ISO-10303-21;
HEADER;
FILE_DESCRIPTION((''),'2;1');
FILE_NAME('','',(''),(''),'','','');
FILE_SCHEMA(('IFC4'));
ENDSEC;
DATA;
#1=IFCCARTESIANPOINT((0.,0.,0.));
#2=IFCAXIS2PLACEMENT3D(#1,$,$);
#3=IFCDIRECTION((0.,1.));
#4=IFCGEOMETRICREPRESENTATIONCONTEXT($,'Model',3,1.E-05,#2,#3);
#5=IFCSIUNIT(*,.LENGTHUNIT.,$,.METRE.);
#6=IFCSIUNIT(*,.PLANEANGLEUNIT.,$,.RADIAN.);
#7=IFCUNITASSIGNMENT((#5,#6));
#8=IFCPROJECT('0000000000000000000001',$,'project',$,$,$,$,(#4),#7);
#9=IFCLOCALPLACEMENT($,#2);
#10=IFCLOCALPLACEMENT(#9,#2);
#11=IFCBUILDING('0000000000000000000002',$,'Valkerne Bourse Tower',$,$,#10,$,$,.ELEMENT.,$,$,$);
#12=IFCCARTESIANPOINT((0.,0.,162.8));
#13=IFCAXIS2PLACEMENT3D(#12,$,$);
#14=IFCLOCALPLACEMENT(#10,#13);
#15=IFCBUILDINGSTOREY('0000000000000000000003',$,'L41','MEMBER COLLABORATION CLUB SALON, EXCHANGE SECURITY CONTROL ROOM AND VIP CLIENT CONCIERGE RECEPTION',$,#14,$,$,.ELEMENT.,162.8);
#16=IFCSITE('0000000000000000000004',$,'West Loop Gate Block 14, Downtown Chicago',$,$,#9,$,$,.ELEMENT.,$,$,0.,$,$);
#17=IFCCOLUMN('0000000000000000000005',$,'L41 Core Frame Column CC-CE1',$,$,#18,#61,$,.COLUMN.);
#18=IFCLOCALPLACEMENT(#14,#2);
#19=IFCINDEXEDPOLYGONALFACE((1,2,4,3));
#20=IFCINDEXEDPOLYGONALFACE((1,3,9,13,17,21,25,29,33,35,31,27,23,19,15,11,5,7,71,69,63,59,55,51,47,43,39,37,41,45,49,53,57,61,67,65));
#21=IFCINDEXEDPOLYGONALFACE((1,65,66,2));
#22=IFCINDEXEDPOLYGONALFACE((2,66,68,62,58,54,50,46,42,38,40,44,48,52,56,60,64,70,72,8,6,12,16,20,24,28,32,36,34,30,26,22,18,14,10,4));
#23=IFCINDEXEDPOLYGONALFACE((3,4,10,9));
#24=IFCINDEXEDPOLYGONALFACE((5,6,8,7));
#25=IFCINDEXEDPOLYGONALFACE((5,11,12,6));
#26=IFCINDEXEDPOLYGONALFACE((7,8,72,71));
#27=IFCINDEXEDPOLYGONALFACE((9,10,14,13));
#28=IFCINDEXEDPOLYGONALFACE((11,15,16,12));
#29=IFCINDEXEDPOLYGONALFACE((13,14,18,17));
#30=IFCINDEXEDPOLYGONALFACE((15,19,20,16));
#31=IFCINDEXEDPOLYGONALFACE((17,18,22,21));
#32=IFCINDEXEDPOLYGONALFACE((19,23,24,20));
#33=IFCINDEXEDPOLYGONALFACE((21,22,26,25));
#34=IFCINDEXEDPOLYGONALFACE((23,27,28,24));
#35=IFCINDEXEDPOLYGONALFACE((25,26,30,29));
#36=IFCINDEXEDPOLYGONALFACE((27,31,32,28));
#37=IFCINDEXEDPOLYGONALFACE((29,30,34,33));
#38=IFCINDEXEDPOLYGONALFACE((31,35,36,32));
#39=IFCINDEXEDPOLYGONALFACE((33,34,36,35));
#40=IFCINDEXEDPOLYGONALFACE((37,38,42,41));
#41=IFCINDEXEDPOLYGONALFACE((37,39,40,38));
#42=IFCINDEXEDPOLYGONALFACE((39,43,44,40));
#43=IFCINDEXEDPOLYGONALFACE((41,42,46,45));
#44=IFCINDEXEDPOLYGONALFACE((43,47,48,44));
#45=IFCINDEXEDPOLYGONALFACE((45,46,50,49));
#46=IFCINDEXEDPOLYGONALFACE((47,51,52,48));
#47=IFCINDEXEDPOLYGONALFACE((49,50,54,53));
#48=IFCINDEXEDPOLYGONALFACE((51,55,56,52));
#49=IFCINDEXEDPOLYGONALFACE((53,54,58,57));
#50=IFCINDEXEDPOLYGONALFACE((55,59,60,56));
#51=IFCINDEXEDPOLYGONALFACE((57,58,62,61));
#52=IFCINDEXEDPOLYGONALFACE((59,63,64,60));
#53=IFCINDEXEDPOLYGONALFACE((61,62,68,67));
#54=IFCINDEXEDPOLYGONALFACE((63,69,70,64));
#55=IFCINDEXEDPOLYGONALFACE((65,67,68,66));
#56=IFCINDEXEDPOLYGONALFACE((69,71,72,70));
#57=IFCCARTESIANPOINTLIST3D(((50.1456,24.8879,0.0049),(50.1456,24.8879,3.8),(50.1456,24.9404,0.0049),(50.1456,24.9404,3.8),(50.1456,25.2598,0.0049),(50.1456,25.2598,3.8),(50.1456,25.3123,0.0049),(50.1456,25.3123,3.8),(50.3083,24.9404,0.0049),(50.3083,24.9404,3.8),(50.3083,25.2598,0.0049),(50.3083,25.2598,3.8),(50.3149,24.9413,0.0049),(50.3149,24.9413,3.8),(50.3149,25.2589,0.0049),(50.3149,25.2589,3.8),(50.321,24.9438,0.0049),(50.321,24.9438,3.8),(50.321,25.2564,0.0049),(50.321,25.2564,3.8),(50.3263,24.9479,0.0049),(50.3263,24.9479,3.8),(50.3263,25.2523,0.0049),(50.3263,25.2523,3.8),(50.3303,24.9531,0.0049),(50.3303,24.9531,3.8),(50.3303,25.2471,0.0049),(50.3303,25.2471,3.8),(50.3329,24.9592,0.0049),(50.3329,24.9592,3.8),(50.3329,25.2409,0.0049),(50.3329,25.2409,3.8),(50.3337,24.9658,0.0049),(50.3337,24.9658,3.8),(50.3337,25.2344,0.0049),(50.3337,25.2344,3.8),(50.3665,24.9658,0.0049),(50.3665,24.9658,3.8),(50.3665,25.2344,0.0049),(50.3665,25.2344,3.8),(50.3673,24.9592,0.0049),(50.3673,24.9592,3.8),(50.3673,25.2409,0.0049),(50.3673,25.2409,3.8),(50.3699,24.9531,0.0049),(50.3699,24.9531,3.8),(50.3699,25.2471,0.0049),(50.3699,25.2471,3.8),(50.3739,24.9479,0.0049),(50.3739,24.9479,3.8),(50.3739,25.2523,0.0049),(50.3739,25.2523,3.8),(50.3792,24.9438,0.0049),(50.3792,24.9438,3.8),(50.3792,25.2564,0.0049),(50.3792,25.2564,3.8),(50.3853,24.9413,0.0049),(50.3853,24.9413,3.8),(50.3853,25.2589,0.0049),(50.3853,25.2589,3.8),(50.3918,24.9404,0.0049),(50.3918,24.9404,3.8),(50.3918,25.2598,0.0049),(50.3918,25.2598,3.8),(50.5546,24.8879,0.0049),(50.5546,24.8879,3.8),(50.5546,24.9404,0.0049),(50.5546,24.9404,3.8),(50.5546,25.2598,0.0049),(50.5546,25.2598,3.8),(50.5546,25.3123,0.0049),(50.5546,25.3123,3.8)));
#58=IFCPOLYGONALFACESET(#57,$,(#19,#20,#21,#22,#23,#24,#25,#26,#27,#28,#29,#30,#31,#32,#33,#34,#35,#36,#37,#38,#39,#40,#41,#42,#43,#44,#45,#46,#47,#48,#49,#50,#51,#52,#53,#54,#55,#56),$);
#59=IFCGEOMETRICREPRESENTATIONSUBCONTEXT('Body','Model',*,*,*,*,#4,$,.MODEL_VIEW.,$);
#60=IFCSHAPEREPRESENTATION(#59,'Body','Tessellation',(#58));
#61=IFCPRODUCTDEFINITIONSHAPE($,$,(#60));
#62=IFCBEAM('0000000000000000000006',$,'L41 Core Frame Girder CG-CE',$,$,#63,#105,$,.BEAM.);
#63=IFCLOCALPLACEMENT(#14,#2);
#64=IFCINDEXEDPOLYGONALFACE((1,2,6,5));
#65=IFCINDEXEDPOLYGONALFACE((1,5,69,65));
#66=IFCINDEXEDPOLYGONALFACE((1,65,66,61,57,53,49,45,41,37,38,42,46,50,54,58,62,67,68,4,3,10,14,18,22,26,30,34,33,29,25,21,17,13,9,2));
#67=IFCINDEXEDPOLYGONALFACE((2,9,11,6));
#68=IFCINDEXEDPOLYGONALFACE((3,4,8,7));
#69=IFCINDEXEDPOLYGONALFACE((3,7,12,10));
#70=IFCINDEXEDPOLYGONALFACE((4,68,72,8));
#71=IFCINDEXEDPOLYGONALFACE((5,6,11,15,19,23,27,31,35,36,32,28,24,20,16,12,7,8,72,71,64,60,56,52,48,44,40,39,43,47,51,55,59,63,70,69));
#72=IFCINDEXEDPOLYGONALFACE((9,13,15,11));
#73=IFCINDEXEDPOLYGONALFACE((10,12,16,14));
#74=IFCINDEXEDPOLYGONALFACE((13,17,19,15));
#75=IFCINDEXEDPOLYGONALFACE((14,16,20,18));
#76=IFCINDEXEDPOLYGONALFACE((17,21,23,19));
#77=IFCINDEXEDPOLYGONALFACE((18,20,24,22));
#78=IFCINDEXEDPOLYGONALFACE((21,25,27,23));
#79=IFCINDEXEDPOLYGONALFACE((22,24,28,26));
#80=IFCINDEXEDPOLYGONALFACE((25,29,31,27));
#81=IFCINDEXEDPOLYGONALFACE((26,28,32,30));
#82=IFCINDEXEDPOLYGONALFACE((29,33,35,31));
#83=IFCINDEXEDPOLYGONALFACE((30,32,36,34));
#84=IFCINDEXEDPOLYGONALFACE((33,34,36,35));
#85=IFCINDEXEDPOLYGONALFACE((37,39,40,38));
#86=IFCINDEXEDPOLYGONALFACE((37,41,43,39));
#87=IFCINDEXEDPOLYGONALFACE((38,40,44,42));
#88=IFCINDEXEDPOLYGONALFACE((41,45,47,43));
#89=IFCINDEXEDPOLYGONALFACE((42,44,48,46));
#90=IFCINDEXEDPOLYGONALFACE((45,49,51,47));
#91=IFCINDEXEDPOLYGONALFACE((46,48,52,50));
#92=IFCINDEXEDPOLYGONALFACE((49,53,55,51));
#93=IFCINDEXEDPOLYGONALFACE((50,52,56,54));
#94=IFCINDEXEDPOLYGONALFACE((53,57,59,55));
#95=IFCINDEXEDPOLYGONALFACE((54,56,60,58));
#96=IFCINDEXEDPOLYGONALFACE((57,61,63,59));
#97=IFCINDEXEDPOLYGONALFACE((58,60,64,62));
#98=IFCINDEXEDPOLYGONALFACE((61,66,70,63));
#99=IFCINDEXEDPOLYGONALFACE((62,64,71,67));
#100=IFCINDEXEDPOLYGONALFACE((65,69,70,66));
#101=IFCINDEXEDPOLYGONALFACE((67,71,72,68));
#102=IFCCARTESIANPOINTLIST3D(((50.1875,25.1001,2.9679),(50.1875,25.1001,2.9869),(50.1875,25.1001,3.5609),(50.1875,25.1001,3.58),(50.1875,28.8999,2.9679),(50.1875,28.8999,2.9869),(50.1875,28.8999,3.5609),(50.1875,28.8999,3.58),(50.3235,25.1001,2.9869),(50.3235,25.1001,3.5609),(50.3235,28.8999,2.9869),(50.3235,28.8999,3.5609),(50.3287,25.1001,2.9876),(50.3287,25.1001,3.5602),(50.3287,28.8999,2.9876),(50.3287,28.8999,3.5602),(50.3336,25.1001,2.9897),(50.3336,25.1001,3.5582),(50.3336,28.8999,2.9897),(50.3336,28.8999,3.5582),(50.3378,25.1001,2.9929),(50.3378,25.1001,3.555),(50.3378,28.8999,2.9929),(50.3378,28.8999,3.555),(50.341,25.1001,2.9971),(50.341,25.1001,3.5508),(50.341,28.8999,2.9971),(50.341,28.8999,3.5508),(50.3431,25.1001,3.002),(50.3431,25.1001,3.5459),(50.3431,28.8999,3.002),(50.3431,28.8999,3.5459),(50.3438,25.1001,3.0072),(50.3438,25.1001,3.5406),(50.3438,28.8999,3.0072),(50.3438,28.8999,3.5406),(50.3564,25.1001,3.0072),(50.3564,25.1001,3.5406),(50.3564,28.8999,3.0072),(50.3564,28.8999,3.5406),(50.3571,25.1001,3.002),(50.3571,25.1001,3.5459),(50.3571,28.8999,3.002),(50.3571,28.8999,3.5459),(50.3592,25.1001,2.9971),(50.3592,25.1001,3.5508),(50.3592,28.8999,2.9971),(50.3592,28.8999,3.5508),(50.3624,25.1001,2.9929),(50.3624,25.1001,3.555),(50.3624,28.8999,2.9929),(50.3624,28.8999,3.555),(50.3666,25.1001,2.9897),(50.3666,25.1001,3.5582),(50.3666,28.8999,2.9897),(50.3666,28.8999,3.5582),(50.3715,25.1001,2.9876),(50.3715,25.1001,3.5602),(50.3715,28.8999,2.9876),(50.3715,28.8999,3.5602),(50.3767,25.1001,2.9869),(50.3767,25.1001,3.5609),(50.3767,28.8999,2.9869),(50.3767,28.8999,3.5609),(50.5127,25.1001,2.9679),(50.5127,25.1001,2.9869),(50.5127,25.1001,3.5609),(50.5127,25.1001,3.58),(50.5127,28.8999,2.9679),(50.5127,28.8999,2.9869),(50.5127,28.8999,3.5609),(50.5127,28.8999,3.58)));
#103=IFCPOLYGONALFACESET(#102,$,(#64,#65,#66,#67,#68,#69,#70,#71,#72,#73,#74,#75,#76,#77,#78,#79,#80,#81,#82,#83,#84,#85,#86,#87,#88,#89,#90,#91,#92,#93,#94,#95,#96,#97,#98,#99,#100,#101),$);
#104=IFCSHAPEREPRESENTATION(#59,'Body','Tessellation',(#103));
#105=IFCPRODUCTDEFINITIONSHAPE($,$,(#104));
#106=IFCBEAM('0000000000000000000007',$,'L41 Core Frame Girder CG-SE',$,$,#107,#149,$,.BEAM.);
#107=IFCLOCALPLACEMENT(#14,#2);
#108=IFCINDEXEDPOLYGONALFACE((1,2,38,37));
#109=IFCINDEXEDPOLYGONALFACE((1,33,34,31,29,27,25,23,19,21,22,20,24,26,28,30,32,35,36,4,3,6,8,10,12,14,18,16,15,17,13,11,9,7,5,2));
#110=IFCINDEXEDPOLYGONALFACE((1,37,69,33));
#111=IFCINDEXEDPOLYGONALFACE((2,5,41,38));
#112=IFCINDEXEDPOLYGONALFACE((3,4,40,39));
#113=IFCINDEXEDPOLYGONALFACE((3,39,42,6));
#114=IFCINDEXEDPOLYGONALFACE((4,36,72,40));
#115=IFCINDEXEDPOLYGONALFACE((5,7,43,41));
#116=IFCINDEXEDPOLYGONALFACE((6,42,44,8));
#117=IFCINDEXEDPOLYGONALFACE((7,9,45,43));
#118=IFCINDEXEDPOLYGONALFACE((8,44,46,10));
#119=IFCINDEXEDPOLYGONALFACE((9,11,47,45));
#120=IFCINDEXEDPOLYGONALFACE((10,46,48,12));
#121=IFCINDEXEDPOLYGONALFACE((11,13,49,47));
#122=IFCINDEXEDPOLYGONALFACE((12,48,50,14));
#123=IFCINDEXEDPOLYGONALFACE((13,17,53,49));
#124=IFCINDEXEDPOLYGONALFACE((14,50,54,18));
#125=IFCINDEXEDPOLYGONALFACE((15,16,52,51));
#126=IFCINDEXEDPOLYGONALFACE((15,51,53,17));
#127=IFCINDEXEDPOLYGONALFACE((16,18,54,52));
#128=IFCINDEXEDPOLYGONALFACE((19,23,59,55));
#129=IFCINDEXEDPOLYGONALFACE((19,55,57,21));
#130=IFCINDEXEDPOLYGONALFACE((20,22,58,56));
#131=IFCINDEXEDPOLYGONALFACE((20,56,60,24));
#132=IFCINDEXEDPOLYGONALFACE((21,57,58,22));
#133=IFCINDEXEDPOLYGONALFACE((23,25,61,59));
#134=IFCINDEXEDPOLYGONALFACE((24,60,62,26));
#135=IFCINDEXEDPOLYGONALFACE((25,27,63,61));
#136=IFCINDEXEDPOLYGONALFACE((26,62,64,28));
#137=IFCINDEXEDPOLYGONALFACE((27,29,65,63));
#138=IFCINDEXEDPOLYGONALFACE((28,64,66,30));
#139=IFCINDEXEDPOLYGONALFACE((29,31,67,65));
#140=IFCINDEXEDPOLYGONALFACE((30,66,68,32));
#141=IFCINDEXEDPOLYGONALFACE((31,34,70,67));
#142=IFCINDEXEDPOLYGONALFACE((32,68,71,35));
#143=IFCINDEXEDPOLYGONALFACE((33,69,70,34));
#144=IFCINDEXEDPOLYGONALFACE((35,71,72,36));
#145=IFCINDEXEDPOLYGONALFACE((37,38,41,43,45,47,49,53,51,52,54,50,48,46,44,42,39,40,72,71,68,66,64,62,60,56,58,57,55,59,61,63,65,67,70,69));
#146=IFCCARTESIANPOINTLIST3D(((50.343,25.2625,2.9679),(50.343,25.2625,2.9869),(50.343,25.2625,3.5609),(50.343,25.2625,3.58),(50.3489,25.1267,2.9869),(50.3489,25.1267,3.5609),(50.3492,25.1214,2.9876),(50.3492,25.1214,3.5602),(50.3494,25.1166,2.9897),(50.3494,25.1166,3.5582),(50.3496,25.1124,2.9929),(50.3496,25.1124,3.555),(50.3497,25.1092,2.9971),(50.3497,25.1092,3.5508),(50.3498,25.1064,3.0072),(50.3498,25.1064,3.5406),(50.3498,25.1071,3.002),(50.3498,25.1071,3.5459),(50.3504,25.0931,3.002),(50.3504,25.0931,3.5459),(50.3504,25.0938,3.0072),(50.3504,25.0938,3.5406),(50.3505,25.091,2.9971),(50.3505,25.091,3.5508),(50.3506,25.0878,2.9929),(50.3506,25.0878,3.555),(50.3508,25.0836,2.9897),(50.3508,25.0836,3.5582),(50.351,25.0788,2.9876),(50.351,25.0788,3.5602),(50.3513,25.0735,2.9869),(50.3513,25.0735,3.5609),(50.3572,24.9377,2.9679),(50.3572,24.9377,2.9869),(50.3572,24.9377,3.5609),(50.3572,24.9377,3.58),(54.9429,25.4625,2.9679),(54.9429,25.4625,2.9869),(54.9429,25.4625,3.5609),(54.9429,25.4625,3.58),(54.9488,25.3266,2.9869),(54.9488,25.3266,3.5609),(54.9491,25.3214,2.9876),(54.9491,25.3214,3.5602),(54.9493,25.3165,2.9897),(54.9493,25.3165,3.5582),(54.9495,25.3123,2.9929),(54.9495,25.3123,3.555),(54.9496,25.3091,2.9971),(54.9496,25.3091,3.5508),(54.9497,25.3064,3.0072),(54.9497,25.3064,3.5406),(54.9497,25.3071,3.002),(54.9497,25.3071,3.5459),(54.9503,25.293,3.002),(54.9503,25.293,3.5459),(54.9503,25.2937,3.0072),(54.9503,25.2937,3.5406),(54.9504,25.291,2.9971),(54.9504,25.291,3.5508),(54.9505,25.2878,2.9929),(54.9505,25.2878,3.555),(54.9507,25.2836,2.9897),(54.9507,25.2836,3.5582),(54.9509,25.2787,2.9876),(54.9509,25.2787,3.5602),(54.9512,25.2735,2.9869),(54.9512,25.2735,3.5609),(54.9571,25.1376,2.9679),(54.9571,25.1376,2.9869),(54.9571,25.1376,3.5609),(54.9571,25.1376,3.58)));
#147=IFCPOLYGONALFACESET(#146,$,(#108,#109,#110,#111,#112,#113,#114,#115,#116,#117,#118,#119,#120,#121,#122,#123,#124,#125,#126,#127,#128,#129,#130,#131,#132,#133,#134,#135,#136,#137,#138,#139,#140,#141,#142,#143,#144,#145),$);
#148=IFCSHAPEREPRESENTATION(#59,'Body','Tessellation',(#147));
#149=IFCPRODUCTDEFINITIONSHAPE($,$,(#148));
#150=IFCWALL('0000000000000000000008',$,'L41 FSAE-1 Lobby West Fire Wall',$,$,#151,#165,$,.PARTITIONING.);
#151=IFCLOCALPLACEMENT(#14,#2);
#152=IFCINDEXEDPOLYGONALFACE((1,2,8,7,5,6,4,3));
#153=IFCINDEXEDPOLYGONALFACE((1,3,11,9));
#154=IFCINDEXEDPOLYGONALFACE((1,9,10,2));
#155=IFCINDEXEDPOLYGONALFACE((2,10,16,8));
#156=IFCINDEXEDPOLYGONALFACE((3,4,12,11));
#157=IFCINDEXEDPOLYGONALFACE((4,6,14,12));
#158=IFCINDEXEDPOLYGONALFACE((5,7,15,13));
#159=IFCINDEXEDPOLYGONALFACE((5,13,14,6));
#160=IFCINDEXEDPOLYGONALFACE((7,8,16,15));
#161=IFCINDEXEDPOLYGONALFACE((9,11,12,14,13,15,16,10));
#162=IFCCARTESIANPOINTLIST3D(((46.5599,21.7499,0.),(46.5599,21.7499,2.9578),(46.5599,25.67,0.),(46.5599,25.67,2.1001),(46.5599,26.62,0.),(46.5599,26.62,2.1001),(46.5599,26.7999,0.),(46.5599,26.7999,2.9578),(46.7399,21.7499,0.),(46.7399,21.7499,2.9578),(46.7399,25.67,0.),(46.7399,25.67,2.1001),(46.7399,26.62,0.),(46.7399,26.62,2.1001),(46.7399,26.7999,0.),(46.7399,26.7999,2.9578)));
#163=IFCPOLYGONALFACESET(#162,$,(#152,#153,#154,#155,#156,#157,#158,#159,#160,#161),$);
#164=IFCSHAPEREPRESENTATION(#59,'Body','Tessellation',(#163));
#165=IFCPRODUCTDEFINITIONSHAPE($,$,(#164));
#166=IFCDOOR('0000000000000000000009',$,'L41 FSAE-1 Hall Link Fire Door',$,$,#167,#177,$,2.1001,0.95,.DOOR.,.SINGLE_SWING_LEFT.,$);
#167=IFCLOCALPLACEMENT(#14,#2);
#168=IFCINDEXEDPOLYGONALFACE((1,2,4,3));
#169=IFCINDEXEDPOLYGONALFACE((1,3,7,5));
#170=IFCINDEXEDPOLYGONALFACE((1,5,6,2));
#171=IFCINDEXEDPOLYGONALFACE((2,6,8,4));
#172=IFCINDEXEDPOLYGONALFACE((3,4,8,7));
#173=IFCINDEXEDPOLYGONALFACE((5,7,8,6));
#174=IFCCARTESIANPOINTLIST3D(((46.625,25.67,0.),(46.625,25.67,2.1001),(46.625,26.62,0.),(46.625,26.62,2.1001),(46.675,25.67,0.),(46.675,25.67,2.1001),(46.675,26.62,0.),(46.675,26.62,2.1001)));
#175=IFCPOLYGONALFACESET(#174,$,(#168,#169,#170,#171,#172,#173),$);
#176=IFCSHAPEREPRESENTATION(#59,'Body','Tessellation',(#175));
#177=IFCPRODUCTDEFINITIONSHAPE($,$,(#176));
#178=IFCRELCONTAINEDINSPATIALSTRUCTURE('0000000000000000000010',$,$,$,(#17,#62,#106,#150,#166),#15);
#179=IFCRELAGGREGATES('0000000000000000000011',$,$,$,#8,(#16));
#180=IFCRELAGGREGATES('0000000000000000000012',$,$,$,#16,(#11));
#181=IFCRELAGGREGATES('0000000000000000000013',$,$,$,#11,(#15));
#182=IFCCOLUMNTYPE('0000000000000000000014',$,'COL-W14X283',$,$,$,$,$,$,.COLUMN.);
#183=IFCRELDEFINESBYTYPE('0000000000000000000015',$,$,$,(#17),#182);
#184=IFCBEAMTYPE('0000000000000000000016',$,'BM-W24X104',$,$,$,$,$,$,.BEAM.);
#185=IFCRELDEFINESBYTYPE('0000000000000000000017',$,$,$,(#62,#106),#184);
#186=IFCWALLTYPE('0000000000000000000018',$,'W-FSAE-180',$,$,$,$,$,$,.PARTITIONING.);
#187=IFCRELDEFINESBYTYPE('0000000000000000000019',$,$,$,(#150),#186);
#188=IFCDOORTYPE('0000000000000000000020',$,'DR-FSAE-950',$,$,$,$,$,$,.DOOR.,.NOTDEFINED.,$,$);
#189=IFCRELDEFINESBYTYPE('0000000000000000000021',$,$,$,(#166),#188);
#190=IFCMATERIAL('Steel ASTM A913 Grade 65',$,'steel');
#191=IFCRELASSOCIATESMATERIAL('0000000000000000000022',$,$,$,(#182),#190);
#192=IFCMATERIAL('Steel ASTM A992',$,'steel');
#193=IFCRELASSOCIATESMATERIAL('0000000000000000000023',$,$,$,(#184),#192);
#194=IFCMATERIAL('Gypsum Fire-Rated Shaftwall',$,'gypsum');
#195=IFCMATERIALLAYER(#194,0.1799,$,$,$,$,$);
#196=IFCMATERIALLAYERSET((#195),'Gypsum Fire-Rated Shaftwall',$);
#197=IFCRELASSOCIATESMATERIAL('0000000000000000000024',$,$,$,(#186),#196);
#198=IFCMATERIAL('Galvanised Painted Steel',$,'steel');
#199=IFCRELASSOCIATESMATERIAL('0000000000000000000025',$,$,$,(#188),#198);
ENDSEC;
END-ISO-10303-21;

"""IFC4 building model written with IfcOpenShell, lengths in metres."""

from ifc_helpers import new_model, si_unit, direction, frame, frame_2d, origin, origin_2d, place, context, subcontext, project, spatial, rectangle, i_section, extrude, material, layer, layer_set, material_profile, profile_set, type_object, element, fill, save


model = new_model("IFC4")

# Units and contexts
model_context = context("Model", 3, precision=1e-05, world=origin(), true_north=direction((0.0, 1.0)))
body_context = subcontext(model_context, "Body", "Model", "MODEL_VIEW")
ifc_project = project(units=[si_unit("LENGTHUNIT", "METRE"), si_unit("PLANEANGLEUNIT", "RADIAN")], contexts=[model_context])

# Site, building, storey
site_placement = place(None, origin())
site = spatial("IfcSite", under=ifc_project, at=site_placement, Name="West Loop Gate Block 14, Downtown Chicago", CompositionType="ELEMENT", RefElevation=0.0)
building_placement = place(site_placement, origin())
building = spatial("IfcBuilding", under=site, at=building_placement, Name="Valkerne Bourse Tower", CompositionType="ELEMENT")
storey_placement = place(building_placement, frame((0.0, 0.0, 162.8)))
storey = spatial("IfcBuildingStorey", under=building, at=storey_placement, Name="L41", Description="MEMBER COLLABORATION CLUB SALON, EXCHANGE SECURITY CONTROL ROOM AND VIP CLIENT CONCIERGE RECEPTION", CompositionType="ELEMENT", Elevation=162.8)

# Column
ifc_material_1 = material(Name="Steel ASTM A913 Grade 65", Category="steel")
ifc_material_profile_1 = material_profile(ifc_material_1, i_section(OverallWidth=0.4089, OverallDepth=0.4243, WebThickness=0.0327, FlangeThickness=0.0525, FilletRadius=0.0254, at=origin_2d()), Name="W14X283")
ifc_profile_set_1 = profile_set([ifc_material_profile_1], Name="Steel ASTM A913 Grade 65")
column_type = type_object("IfcColumnType", Name="COL-W14X283", PredefinedType="COLUMN", material=ifc_profile_set_1)
column_placement = place(storey_placement, frame((50.3501, 25.1001, 0.0049), z_axis=(0.0, 0.0, 1.0), x_axis=(1.0, 0.0, 0.0)))
element("IfcColumn", 1, at=column_placement, inside=storey, type_object=column_type, Name="L41 Core Frame Column CC-CE1", PredefinedType="COLUMN", context=body_context, shape_type="SweptSolid", body=[
    extrude(i_section(OverallWidth=0.4089, OverallDepth=0.4243, WebThickness=0.0327, FlangeThickness=0.0525, FilletRadius=0.0254, at=origin_2d()), origin(), (0.0, 0.0, 1.0), 3.7952),
])

# Beams
ifc_material_2 = material(Name="Steel ASTM A992", Category="steel")
ifc_material_profile_2 = material_profile(ifc_material_2, i_section(OverallWidth=0.3252, OverallDepth=0.6121, WebThickness=0.0127, FlangeThickness=0.019, FilletRadius=0.0203, at=origin_2d()), Name="W24X104")
ifc_profile_set_2 = profile_set([ifc_material_profile_2], Name="Steel ASTM A992")
beam_type = type_object("IfcBeamType", Name="BM-W24X104", PredefinedType="BEAM", material=ifc_profile_set_2)
beam_1_placement = place(storey_placement, frame((50.3501, 25.1001, 3.2739), z_axis=(0.0, 1.0, 0.0), x_axis=(-1.0, 0.0, 0.0)))
element("IfcBeam", 2, at=beam_1_placement, inside=storey, type_object=beam_type, Name="L41 Core Frame Girder CG-CE", PredefinedType="BEAM", context=body_context, shape_type="SweptSolid", body=[
    extrude(i_section(OverallWidth=0.3252, OverallDepth=0.6121, WebThickness=0.0127, FlangeThickness=0.019, FilletRadius=0.0203, at=origin_2d()), origin(), (0.0, 0.0, 1.0), 3.7998),
])
beam_2_placement = place(storey_placement, frame((50.3501, 25.1001, 3.2739), z_axis=(0.999057, 0.043428, 0.0), x_axis=(-0.043428, 0.999057, 0.0)))
element("IfcBeam", 3, at=beam_2_placement, inside=storey, type_object=beam_type, Name="L41 Core Frame Girder CG-SE", PredefinedType="BEAM", context=body_context, shape_type="SweptSolid", body=[
    extrude(i_section(OverallWidth=0.3252, OverallDepth=0.6121, WebThickness=0.0127, FlangeThickness=0.019, FilletRadius=0.0203, at=origin_2d()), origin(), (0.0, 0.0, 1.0), 4.6042),
])

# Wall, opening, door
ifc_material_3 = material(Name="Gypsum Fire-Rated Shaftwall", Category="gypsum")
ifc_layer_1 = layer(ifc_material_3, 0.1799)
ifc_layer_set_1 = layer_set([ifc_layer_1], Name="Gypsum Fire-Rated Shaftwall")
wall_type_1 = type_object("IfcWallType", Name="W-FSAE-180", PredefinedType="PARTITIONING", material=ifc_layer_set_1)
wall_1_placement = place(storey_placement, frame((46.6499, 21.75, 0.0), z_axis=(0.0, 0.0, 1.0), x_axis=(0.0, 1.0, 0.0)))
wall_1 = element("IfcWall", 4, at=wall_1_placement, inside=storey, type_object=wall_type_1, Name="L41 FSAE-1 Lobby West Fire Wall", PredefinedType="PARTITIONING", context=body_context, shape_type="SweptSolid", body=[
    extrude(rectangle(XDim=5.05, YDim=0.1799, at=frame_2d((2.5249, 0.0))), origin(), (0.0, 0.0, 1.0), 2.9578),
])
opening_1_placement = place(wall_1_placement, frame((3.9199, 0.0, 0.0)))
opening_1 = element("IfcOpeningElement", 5, at=opening_1_placement, cuts=wall_1, PredefinedType="OPENING", context=body_context, shape_type="SweptSolid", body=[
    extrude(rectangle(XDim=0.95, YDim=2.1001, at=frame_2d((0.4751, 1.05))), frame((0.0, 0.0999, 0.0), z_axis=(0.0, -1.0, 0.0), x_axis=(1.0, 0.0, 0.0)), (0.0, 0.0, 1.0), 0.2),
])
ifc_material_4 = material(Name="Galvanised Painted Steel", Category="steel")
door_type_1 = type_object("IfcDoorType", Name="DR-FSAE-950", OperationType="NOTDEFINED", PredefinedType="DOOR", material=ifc_material_4)
door_1_placement = place(opening_1_placement, origin())
door_1 = element("IfcDoor", 6, at=door_1_placement, inside=storey, type_object=door_type_1, Name="L41 FSAE-1 Hall Link Fire Door", OperationType="SINGLE_SWING_LEFT", OverallHeight=2.1001, OverallWidth=0.95, PredefinedType="DOOR", context=body_context, shape_type="SweptSolid", body=[
    extrude(rectangle(XDim=0.95, YDim=2.1001, at=frame_2d((0.4751, 1.05))), frame((0.0, 0.0249, 0.0), z_axis=(0.0, -1.0, 0.0), x_axis=(1.0, 0.0, 0.0)), (0.0, 0.0, 1.0), 0.05),
])
fill(opening_1, door_1)

save(model, "model.ifc")
